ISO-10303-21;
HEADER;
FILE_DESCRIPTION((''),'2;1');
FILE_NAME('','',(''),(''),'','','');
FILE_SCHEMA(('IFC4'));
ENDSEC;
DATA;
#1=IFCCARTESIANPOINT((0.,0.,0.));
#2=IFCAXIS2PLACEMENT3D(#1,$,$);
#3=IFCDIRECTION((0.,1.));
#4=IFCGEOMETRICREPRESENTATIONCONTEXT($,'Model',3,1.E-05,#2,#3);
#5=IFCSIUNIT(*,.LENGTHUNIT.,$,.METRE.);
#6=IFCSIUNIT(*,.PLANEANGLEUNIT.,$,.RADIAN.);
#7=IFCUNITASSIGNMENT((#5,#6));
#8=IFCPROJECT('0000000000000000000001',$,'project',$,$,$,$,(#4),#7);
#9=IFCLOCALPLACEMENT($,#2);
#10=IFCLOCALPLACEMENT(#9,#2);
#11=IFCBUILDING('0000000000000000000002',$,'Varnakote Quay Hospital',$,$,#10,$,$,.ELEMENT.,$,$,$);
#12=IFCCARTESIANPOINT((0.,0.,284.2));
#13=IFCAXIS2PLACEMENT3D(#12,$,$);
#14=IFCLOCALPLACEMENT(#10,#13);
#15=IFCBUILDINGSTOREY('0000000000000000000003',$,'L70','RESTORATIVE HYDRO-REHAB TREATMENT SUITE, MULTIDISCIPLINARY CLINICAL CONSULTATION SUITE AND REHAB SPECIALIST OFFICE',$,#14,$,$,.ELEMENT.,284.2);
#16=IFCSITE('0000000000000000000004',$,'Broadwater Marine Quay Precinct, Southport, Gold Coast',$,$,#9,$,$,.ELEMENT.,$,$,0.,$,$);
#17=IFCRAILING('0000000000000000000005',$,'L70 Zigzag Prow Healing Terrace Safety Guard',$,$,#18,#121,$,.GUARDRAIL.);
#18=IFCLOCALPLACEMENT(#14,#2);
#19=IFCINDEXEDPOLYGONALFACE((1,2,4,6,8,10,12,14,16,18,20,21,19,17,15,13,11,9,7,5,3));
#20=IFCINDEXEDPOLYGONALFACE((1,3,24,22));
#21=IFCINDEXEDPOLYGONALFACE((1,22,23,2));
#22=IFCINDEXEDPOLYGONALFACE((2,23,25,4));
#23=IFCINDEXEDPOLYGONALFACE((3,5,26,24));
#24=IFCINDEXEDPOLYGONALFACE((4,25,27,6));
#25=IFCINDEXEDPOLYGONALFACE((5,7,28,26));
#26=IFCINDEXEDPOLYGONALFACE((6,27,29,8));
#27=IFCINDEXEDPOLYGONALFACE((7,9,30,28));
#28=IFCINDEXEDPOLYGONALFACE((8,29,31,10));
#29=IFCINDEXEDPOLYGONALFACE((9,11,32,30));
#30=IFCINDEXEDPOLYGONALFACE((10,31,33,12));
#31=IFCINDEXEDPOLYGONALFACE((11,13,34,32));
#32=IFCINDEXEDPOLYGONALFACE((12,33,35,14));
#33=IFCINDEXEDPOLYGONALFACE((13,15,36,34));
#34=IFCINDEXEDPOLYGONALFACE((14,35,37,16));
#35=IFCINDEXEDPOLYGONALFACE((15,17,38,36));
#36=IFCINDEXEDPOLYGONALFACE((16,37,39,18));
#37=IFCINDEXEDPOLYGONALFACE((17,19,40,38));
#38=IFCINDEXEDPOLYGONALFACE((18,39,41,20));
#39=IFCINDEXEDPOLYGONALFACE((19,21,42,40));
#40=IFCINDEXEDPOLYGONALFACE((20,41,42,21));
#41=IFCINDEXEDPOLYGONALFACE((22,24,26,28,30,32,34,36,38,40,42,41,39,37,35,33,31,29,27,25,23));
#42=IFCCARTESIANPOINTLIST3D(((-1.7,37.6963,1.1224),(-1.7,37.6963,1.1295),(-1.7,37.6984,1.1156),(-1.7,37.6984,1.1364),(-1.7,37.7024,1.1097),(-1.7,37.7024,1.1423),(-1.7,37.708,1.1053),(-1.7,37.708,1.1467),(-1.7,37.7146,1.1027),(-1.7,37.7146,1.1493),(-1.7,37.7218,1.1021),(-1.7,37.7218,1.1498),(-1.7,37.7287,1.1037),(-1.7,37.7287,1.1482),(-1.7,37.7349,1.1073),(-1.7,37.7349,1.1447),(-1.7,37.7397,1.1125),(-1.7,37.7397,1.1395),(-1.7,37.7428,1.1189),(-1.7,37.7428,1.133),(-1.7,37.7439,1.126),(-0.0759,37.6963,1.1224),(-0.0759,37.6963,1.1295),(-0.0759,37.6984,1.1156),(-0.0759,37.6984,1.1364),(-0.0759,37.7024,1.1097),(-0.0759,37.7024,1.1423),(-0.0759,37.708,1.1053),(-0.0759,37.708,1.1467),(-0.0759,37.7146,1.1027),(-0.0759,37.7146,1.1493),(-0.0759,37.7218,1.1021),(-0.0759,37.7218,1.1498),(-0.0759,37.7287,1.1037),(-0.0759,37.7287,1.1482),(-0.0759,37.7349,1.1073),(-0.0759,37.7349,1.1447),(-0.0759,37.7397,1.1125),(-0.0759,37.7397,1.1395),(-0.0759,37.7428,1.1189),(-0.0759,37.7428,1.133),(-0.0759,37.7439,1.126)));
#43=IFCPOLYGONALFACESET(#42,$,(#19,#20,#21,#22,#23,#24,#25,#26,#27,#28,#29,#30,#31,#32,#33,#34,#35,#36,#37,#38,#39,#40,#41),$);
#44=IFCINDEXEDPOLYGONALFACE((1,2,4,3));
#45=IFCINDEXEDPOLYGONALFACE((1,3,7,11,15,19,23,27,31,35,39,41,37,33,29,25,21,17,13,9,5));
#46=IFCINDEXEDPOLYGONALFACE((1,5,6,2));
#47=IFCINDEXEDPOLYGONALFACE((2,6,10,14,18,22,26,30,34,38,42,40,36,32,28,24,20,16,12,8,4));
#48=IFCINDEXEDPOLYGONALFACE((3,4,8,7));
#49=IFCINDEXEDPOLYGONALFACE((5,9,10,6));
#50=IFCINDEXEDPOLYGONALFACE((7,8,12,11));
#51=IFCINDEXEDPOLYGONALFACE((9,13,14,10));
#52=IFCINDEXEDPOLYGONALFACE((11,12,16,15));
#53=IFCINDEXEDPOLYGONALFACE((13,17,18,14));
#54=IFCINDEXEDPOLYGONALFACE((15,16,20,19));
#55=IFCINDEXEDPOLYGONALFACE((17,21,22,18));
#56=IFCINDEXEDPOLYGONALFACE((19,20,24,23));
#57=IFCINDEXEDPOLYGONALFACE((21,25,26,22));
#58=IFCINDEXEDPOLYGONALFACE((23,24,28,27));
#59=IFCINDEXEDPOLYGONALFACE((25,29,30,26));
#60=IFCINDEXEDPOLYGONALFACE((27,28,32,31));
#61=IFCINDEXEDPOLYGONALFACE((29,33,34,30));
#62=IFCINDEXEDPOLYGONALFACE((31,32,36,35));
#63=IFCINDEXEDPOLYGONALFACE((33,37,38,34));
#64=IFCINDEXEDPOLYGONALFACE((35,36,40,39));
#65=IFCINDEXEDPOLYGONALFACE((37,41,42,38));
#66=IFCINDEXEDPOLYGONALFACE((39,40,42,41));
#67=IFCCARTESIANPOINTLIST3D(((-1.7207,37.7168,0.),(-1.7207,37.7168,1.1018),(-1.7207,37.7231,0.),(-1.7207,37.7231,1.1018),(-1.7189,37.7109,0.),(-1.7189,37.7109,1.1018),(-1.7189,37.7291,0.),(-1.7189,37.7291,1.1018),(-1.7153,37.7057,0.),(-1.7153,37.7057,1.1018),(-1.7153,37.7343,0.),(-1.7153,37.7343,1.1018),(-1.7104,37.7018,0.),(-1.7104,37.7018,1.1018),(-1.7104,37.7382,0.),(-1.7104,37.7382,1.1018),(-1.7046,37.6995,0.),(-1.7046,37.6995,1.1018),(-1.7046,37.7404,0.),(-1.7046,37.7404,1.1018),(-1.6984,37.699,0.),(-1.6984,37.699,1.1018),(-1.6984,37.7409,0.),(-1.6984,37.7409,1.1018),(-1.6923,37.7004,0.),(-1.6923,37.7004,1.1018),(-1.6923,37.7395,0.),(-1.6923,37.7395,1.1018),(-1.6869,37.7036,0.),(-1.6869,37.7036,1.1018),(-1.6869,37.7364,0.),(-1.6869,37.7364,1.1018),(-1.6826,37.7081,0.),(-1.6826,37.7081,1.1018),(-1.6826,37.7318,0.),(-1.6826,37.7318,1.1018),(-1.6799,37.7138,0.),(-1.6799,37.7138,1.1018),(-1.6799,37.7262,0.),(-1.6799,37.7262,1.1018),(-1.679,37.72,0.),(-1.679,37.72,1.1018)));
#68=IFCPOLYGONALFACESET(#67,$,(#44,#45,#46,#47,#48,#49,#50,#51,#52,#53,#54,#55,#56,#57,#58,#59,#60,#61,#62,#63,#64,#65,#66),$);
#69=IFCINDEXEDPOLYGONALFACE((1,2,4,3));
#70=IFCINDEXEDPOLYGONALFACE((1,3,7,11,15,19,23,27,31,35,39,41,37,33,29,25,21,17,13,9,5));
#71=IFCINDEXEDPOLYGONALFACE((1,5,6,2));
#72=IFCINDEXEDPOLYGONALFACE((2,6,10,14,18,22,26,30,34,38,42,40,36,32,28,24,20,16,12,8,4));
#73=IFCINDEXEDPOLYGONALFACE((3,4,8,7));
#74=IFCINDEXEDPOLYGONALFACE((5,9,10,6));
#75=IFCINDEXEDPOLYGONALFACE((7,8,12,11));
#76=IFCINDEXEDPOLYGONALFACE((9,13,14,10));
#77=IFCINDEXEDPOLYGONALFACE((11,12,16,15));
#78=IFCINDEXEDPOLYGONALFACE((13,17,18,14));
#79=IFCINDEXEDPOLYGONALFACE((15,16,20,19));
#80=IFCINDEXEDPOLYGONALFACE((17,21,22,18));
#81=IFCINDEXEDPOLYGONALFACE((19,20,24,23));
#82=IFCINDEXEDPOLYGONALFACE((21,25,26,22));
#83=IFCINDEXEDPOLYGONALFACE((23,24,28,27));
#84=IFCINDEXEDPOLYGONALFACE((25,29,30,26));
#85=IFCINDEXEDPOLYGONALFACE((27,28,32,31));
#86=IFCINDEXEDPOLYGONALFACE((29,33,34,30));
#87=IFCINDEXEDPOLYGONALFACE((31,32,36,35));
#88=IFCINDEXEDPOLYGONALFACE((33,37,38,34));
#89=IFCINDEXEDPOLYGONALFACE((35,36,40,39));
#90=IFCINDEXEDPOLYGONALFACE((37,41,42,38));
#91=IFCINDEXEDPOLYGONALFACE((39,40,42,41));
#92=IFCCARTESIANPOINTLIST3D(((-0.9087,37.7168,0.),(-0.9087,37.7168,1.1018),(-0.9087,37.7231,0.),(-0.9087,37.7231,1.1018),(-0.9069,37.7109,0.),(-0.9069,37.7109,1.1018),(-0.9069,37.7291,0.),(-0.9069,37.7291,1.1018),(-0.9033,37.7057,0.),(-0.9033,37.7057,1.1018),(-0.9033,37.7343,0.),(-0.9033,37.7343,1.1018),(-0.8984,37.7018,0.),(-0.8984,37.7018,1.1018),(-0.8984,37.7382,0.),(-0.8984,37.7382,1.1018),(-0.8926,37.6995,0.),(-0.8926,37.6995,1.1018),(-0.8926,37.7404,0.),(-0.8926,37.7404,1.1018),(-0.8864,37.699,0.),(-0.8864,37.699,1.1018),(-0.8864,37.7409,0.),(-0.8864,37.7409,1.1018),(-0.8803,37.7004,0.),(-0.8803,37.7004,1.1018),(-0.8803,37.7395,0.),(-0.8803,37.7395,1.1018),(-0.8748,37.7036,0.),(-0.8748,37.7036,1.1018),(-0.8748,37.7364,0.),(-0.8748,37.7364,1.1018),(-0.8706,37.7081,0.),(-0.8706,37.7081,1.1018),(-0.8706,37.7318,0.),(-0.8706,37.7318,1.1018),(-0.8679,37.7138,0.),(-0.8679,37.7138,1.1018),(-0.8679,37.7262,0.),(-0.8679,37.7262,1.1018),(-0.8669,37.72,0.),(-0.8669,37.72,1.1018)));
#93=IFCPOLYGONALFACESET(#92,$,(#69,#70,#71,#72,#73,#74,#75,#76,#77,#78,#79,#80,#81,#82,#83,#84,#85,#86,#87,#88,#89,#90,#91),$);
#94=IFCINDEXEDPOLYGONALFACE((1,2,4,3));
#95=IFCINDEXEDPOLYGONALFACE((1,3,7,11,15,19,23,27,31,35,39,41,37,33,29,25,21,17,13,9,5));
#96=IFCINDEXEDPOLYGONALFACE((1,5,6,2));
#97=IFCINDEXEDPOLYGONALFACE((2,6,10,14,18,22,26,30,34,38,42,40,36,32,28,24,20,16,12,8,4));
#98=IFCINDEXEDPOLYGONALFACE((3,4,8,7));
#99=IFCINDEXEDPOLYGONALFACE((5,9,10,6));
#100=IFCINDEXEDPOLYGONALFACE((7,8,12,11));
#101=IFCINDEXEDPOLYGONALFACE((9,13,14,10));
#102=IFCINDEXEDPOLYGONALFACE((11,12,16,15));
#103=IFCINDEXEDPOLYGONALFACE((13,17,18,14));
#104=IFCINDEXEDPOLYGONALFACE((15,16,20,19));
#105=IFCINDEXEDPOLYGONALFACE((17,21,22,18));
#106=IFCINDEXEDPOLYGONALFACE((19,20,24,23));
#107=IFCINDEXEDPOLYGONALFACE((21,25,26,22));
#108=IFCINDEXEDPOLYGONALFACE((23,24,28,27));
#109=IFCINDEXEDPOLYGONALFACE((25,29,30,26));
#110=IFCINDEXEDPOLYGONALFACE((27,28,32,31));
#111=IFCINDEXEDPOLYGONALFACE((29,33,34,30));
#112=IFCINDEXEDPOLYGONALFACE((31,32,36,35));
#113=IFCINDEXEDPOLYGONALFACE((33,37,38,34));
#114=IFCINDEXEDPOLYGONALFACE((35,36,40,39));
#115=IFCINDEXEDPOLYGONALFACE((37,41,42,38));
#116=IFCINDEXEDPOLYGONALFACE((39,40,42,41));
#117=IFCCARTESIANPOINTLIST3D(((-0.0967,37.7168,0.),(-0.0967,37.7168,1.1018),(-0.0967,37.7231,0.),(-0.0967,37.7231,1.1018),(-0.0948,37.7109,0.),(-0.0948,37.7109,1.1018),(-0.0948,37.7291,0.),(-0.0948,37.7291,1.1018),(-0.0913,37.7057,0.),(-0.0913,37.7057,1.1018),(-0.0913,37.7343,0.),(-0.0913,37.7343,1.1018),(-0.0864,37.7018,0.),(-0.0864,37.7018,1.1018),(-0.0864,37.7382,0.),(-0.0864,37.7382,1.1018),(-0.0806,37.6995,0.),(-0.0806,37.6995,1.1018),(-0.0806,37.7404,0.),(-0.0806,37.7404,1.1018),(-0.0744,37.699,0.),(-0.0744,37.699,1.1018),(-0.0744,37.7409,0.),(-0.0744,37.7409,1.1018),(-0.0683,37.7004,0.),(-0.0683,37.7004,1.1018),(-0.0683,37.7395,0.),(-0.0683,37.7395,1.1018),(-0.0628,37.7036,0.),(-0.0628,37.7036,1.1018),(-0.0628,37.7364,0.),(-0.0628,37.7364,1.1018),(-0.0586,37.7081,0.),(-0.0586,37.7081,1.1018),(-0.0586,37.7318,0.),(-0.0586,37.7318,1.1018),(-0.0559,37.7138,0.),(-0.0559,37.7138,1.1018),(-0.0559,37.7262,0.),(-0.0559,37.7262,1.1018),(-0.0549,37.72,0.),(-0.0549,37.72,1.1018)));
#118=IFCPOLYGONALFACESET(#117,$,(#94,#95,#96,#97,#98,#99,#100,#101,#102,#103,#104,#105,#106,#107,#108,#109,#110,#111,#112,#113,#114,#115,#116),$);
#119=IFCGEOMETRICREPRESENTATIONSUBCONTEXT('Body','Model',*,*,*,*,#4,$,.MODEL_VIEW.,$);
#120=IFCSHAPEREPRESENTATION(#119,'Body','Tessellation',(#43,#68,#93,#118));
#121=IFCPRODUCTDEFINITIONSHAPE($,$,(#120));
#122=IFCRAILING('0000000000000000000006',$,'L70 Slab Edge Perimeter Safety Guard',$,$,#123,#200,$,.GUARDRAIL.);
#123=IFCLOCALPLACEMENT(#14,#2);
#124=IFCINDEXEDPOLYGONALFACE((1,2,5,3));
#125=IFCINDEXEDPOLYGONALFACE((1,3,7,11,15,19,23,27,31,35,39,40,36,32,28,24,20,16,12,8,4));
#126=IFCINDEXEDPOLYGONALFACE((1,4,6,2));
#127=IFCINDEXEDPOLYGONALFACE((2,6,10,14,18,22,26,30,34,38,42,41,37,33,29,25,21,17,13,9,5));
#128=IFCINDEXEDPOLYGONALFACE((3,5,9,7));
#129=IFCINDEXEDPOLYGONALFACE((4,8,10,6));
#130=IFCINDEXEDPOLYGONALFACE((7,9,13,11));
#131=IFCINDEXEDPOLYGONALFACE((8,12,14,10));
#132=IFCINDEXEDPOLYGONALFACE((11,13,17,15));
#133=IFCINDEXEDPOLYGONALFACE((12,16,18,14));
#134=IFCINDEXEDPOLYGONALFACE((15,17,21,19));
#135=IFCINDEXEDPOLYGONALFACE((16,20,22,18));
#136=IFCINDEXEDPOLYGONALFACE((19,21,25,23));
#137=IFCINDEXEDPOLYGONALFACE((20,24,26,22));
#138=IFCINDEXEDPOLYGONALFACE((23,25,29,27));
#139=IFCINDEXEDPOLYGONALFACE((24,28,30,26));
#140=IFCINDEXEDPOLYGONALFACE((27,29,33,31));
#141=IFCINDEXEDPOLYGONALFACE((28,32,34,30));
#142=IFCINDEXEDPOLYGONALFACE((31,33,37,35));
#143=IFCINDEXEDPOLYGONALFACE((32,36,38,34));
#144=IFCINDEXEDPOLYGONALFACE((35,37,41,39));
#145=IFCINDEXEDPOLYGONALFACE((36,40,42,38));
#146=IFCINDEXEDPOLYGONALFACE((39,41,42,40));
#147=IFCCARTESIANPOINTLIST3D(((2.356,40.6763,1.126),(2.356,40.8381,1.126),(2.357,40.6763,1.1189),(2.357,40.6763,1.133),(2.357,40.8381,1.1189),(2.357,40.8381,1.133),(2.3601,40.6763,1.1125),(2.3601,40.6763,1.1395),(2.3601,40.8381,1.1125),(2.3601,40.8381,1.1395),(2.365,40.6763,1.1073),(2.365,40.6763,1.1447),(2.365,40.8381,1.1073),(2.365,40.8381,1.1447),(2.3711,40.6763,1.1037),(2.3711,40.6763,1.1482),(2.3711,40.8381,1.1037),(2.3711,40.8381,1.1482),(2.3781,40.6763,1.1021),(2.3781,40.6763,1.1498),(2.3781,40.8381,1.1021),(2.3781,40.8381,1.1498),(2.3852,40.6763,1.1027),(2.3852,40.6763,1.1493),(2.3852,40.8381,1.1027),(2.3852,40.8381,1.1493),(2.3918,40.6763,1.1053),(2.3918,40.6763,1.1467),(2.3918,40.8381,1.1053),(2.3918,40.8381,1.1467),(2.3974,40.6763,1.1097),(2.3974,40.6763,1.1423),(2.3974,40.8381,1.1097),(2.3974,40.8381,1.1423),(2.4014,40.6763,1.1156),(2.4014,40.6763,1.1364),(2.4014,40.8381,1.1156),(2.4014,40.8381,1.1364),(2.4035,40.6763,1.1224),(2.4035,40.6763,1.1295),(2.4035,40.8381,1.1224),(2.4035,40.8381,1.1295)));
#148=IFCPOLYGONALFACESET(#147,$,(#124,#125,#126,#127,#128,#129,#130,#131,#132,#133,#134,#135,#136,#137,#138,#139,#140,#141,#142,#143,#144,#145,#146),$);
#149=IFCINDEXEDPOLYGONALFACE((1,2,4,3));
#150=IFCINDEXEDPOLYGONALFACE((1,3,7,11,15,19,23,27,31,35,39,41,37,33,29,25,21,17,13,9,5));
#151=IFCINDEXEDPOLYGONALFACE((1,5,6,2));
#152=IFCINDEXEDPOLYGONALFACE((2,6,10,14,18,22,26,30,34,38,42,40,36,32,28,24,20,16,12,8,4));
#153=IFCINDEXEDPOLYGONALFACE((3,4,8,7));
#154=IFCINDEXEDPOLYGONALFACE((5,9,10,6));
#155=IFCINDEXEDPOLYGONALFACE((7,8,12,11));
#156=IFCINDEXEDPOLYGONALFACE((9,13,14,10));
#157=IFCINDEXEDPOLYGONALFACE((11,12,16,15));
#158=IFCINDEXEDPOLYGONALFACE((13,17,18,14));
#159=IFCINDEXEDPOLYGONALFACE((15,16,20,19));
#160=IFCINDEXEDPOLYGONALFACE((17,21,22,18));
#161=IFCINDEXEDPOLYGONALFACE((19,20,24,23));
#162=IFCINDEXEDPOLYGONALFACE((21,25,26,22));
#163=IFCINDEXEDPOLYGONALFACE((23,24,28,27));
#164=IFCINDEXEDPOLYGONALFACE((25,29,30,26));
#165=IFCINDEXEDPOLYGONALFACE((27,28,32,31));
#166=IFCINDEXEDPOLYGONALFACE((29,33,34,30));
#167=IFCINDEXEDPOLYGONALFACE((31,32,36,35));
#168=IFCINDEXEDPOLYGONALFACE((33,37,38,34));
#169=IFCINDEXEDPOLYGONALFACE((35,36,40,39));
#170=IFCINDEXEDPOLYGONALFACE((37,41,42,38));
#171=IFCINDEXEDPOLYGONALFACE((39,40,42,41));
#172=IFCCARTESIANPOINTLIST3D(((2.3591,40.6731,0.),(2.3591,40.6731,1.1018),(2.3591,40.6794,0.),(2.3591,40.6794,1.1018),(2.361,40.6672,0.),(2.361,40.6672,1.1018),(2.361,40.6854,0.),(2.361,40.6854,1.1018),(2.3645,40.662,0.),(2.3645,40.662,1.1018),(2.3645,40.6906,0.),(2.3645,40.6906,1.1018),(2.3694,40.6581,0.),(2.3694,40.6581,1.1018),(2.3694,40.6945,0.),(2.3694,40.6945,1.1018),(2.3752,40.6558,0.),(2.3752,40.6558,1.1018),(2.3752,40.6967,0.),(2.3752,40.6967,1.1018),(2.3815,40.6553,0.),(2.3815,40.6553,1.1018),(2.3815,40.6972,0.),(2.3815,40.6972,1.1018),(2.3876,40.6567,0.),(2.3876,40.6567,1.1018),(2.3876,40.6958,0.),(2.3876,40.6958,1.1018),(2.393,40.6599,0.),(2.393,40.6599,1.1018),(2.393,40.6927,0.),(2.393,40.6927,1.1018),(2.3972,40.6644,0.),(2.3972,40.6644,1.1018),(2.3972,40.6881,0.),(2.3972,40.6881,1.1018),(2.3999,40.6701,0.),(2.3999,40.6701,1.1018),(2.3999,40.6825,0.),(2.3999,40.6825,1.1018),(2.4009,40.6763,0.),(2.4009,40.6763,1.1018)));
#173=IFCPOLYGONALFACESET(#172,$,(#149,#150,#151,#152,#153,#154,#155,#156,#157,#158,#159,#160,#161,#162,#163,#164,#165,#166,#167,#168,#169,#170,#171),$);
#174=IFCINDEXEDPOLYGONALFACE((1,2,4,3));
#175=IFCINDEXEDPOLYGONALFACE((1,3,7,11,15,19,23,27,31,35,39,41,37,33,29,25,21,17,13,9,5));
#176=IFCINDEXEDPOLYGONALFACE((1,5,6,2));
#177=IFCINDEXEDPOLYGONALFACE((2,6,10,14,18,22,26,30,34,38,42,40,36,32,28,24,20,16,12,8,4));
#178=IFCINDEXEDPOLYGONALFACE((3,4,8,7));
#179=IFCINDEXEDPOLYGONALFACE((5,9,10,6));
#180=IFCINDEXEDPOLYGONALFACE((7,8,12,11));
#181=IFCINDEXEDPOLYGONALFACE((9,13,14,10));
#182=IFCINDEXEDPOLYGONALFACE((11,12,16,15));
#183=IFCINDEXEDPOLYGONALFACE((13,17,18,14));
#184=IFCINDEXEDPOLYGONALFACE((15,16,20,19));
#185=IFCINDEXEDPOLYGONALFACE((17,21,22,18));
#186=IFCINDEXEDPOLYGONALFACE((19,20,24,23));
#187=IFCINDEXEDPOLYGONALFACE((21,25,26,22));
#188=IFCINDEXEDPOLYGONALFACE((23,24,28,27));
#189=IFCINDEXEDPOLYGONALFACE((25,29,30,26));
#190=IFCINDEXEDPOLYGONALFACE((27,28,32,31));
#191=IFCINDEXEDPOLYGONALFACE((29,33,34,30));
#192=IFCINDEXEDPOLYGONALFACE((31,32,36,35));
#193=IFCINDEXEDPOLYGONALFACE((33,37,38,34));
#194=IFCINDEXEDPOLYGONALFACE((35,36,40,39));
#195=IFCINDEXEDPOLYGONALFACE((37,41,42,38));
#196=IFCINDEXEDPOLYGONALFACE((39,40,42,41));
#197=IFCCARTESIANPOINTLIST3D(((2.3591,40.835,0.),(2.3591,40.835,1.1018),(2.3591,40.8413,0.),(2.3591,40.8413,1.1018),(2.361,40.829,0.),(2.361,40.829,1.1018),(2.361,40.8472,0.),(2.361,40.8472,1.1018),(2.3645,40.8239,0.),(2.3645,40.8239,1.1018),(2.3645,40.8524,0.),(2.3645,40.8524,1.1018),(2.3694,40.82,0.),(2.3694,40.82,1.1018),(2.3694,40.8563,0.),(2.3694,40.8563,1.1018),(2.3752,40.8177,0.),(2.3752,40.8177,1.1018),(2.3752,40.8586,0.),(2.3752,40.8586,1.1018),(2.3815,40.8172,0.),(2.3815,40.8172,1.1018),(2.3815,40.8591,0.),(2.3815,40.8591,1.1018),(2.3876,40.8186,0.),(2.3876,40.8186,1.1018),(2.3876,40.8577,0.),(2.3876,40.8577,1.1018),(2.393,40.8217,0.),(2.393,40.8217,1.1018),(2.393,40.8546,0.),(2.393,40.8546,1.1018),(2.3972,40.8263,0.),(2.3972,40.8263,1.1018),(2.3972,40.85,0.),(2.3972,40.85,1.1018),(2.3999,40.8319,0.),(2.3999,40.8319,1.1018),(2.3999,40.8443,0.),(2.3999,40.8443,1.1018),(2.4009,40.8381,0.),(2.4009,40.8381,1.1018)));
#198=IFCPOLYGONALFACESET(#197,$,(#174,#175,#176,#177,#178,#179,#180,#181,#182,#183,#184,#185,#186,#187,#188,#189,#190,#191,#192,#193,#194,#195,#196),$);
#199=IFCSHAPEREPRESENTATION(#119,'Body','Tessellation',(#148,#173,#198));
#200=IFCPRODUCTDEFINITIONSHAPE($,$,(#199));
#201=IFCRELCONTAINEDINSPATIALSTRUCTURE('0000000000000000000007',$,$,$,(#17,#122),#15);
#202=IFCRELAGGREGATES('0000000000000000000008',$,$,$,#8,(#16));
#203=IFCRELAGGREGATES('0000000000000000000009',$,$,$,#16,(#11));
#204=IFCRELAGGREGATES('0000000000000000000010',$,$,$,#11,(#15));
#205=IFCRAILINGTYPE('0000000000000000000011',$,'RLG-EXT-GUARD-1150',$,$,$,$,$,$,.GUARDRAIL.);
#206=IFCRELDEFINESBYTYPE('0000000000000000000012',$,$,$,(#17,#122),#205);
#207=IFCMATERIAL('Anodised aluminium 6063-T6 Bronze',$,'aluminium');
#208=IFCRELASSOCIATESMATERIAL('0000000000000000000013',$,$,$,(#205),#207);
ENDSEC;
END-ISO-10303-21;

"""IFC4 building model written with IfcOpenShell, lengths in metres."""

from ifc_helpers import new_model, si_unit, direction, frame, origin, origin_2d, place, context, subcontext, project, spatial, circle, extrude, material, type_object, element, save


model = new_model("IFC4")

# Units and contexts
model_context = context("Model", 3, precision=1e-05, world=origin(), true_north=direction((0.0, 1.0)))
body_context = subcontext(model_context, "Body", "Model", "MODEL_VIEW")
ifc_project = project(units=[si_unit("LENGTHUNIT", "METRE"), si_unit("PLANEANGLEUNIT", "RADIAN")], contexts=[model_context])

# Site, building, storey
site_placement = place(None, origin())
site = spatial("IfcSite", under=ifc_project, at=site_placement, Name="Broadwater Marine Quay Precinct, Southport, Gold Coast", CompositionType="ELEMENT", RefElevation=0.0)
building_placement = place(site_placement, origin())
building = spatial("IfcBuilding", under=site, at=building_placement, Name="Varnakote Quay Hospital", CompositionType="ELEMENT")
storey_placement = place(building_placement, frame((0.0, 0.0, 284.2)))
storey = spatial("IfcBuildingStorey", under=building, at=storey_placement, Name="L70", Description="RESTORATIVE HYDRO-REHAB TREATMENT SUITE, MULTIDISCIPLINARY CLINICAL CONSULTATION SUITE AND REHAB SPECIALIST OFFICE", CompositionType="ELEMENT", Elevation=284.2)

# Railings
ifc_material_1 = material(Name="Anodised aluminium 6063-T6 Bronze", Category="aluminium")
railing_type = type_object("IfcRailingType", Name="RLG-EXT-GUARD-1150", PredefinedType="GUARDRAIL", material=ifc_material_1)
railing_1_placement = place(storey_placement, frame((-1.7, 37.72, 0.0)))
element("IfcRailing", 1, at=railing_1_placement, inside=storey, type_object=railing_type, Name="L70 Zigzag Prow Healing Terrace Safety Guard", PredefinedType="GUARDRAIL", context=body_context, shape_type="SweptSolid", body=[
    extrude(circle(Radius=0.0239, at=origin_2d()), frame((0.0, 0.0, 1.126), z_axis=(1.0, 0.0, 0.0), x_axis=(0.0, 1.0, 0.0)), (0.0, 0.0, 1.0), 1.624),
    extrude(circle(Radius=0.021, at=origin_2d()), origin(), (0.0, 0.0, 1.0), 1.1018),
    extrude(circle(Radius=0.021, at=origin_2d()), frame((0.812, 0.0, 0.0)), (0.0, 0.0, 1.0), 1.1018),
    extrude(circle(Radius=0.021, at=origin_2d()), frame((1.624, 0.0, 0.0)), (0.0, 0.0, 1.0), 1.1018),
])
railing_2_placement = place(storey_placement, frame((2.3799, 40.6763, 0.0)))
element("IfcRailing", 2, at=railing_2_placement, inside=storey, type_object=railing_type, Name="L70 Slab Edge Perimeter Safety Guard", PredefinedType="GUARDRAIL", context=body_context, shape_type="SweptSolid", body=[
    extrude(circle(Radius=0.0239, at=origin_2d()), frame((0.0, 0.0, 1.126), z_axis=(0.0, 1.0, 0.0), x_axis=(-1.0, 0.0, 0.0)), (0.0, 0.0, 1.0), 0.1619),
    extrude(circle(Radius=0.021, at=origin_2d()), origin(), (0.0, 0.0, 1.0), 1.1018),
    extrude(circle(Radius=0.021, at=origin_2d()), frame((0.0, 0.1619, 0.0)), (0.0, 0.0, 1.0), 1.1018),
])

save(model, "model.ifc")
